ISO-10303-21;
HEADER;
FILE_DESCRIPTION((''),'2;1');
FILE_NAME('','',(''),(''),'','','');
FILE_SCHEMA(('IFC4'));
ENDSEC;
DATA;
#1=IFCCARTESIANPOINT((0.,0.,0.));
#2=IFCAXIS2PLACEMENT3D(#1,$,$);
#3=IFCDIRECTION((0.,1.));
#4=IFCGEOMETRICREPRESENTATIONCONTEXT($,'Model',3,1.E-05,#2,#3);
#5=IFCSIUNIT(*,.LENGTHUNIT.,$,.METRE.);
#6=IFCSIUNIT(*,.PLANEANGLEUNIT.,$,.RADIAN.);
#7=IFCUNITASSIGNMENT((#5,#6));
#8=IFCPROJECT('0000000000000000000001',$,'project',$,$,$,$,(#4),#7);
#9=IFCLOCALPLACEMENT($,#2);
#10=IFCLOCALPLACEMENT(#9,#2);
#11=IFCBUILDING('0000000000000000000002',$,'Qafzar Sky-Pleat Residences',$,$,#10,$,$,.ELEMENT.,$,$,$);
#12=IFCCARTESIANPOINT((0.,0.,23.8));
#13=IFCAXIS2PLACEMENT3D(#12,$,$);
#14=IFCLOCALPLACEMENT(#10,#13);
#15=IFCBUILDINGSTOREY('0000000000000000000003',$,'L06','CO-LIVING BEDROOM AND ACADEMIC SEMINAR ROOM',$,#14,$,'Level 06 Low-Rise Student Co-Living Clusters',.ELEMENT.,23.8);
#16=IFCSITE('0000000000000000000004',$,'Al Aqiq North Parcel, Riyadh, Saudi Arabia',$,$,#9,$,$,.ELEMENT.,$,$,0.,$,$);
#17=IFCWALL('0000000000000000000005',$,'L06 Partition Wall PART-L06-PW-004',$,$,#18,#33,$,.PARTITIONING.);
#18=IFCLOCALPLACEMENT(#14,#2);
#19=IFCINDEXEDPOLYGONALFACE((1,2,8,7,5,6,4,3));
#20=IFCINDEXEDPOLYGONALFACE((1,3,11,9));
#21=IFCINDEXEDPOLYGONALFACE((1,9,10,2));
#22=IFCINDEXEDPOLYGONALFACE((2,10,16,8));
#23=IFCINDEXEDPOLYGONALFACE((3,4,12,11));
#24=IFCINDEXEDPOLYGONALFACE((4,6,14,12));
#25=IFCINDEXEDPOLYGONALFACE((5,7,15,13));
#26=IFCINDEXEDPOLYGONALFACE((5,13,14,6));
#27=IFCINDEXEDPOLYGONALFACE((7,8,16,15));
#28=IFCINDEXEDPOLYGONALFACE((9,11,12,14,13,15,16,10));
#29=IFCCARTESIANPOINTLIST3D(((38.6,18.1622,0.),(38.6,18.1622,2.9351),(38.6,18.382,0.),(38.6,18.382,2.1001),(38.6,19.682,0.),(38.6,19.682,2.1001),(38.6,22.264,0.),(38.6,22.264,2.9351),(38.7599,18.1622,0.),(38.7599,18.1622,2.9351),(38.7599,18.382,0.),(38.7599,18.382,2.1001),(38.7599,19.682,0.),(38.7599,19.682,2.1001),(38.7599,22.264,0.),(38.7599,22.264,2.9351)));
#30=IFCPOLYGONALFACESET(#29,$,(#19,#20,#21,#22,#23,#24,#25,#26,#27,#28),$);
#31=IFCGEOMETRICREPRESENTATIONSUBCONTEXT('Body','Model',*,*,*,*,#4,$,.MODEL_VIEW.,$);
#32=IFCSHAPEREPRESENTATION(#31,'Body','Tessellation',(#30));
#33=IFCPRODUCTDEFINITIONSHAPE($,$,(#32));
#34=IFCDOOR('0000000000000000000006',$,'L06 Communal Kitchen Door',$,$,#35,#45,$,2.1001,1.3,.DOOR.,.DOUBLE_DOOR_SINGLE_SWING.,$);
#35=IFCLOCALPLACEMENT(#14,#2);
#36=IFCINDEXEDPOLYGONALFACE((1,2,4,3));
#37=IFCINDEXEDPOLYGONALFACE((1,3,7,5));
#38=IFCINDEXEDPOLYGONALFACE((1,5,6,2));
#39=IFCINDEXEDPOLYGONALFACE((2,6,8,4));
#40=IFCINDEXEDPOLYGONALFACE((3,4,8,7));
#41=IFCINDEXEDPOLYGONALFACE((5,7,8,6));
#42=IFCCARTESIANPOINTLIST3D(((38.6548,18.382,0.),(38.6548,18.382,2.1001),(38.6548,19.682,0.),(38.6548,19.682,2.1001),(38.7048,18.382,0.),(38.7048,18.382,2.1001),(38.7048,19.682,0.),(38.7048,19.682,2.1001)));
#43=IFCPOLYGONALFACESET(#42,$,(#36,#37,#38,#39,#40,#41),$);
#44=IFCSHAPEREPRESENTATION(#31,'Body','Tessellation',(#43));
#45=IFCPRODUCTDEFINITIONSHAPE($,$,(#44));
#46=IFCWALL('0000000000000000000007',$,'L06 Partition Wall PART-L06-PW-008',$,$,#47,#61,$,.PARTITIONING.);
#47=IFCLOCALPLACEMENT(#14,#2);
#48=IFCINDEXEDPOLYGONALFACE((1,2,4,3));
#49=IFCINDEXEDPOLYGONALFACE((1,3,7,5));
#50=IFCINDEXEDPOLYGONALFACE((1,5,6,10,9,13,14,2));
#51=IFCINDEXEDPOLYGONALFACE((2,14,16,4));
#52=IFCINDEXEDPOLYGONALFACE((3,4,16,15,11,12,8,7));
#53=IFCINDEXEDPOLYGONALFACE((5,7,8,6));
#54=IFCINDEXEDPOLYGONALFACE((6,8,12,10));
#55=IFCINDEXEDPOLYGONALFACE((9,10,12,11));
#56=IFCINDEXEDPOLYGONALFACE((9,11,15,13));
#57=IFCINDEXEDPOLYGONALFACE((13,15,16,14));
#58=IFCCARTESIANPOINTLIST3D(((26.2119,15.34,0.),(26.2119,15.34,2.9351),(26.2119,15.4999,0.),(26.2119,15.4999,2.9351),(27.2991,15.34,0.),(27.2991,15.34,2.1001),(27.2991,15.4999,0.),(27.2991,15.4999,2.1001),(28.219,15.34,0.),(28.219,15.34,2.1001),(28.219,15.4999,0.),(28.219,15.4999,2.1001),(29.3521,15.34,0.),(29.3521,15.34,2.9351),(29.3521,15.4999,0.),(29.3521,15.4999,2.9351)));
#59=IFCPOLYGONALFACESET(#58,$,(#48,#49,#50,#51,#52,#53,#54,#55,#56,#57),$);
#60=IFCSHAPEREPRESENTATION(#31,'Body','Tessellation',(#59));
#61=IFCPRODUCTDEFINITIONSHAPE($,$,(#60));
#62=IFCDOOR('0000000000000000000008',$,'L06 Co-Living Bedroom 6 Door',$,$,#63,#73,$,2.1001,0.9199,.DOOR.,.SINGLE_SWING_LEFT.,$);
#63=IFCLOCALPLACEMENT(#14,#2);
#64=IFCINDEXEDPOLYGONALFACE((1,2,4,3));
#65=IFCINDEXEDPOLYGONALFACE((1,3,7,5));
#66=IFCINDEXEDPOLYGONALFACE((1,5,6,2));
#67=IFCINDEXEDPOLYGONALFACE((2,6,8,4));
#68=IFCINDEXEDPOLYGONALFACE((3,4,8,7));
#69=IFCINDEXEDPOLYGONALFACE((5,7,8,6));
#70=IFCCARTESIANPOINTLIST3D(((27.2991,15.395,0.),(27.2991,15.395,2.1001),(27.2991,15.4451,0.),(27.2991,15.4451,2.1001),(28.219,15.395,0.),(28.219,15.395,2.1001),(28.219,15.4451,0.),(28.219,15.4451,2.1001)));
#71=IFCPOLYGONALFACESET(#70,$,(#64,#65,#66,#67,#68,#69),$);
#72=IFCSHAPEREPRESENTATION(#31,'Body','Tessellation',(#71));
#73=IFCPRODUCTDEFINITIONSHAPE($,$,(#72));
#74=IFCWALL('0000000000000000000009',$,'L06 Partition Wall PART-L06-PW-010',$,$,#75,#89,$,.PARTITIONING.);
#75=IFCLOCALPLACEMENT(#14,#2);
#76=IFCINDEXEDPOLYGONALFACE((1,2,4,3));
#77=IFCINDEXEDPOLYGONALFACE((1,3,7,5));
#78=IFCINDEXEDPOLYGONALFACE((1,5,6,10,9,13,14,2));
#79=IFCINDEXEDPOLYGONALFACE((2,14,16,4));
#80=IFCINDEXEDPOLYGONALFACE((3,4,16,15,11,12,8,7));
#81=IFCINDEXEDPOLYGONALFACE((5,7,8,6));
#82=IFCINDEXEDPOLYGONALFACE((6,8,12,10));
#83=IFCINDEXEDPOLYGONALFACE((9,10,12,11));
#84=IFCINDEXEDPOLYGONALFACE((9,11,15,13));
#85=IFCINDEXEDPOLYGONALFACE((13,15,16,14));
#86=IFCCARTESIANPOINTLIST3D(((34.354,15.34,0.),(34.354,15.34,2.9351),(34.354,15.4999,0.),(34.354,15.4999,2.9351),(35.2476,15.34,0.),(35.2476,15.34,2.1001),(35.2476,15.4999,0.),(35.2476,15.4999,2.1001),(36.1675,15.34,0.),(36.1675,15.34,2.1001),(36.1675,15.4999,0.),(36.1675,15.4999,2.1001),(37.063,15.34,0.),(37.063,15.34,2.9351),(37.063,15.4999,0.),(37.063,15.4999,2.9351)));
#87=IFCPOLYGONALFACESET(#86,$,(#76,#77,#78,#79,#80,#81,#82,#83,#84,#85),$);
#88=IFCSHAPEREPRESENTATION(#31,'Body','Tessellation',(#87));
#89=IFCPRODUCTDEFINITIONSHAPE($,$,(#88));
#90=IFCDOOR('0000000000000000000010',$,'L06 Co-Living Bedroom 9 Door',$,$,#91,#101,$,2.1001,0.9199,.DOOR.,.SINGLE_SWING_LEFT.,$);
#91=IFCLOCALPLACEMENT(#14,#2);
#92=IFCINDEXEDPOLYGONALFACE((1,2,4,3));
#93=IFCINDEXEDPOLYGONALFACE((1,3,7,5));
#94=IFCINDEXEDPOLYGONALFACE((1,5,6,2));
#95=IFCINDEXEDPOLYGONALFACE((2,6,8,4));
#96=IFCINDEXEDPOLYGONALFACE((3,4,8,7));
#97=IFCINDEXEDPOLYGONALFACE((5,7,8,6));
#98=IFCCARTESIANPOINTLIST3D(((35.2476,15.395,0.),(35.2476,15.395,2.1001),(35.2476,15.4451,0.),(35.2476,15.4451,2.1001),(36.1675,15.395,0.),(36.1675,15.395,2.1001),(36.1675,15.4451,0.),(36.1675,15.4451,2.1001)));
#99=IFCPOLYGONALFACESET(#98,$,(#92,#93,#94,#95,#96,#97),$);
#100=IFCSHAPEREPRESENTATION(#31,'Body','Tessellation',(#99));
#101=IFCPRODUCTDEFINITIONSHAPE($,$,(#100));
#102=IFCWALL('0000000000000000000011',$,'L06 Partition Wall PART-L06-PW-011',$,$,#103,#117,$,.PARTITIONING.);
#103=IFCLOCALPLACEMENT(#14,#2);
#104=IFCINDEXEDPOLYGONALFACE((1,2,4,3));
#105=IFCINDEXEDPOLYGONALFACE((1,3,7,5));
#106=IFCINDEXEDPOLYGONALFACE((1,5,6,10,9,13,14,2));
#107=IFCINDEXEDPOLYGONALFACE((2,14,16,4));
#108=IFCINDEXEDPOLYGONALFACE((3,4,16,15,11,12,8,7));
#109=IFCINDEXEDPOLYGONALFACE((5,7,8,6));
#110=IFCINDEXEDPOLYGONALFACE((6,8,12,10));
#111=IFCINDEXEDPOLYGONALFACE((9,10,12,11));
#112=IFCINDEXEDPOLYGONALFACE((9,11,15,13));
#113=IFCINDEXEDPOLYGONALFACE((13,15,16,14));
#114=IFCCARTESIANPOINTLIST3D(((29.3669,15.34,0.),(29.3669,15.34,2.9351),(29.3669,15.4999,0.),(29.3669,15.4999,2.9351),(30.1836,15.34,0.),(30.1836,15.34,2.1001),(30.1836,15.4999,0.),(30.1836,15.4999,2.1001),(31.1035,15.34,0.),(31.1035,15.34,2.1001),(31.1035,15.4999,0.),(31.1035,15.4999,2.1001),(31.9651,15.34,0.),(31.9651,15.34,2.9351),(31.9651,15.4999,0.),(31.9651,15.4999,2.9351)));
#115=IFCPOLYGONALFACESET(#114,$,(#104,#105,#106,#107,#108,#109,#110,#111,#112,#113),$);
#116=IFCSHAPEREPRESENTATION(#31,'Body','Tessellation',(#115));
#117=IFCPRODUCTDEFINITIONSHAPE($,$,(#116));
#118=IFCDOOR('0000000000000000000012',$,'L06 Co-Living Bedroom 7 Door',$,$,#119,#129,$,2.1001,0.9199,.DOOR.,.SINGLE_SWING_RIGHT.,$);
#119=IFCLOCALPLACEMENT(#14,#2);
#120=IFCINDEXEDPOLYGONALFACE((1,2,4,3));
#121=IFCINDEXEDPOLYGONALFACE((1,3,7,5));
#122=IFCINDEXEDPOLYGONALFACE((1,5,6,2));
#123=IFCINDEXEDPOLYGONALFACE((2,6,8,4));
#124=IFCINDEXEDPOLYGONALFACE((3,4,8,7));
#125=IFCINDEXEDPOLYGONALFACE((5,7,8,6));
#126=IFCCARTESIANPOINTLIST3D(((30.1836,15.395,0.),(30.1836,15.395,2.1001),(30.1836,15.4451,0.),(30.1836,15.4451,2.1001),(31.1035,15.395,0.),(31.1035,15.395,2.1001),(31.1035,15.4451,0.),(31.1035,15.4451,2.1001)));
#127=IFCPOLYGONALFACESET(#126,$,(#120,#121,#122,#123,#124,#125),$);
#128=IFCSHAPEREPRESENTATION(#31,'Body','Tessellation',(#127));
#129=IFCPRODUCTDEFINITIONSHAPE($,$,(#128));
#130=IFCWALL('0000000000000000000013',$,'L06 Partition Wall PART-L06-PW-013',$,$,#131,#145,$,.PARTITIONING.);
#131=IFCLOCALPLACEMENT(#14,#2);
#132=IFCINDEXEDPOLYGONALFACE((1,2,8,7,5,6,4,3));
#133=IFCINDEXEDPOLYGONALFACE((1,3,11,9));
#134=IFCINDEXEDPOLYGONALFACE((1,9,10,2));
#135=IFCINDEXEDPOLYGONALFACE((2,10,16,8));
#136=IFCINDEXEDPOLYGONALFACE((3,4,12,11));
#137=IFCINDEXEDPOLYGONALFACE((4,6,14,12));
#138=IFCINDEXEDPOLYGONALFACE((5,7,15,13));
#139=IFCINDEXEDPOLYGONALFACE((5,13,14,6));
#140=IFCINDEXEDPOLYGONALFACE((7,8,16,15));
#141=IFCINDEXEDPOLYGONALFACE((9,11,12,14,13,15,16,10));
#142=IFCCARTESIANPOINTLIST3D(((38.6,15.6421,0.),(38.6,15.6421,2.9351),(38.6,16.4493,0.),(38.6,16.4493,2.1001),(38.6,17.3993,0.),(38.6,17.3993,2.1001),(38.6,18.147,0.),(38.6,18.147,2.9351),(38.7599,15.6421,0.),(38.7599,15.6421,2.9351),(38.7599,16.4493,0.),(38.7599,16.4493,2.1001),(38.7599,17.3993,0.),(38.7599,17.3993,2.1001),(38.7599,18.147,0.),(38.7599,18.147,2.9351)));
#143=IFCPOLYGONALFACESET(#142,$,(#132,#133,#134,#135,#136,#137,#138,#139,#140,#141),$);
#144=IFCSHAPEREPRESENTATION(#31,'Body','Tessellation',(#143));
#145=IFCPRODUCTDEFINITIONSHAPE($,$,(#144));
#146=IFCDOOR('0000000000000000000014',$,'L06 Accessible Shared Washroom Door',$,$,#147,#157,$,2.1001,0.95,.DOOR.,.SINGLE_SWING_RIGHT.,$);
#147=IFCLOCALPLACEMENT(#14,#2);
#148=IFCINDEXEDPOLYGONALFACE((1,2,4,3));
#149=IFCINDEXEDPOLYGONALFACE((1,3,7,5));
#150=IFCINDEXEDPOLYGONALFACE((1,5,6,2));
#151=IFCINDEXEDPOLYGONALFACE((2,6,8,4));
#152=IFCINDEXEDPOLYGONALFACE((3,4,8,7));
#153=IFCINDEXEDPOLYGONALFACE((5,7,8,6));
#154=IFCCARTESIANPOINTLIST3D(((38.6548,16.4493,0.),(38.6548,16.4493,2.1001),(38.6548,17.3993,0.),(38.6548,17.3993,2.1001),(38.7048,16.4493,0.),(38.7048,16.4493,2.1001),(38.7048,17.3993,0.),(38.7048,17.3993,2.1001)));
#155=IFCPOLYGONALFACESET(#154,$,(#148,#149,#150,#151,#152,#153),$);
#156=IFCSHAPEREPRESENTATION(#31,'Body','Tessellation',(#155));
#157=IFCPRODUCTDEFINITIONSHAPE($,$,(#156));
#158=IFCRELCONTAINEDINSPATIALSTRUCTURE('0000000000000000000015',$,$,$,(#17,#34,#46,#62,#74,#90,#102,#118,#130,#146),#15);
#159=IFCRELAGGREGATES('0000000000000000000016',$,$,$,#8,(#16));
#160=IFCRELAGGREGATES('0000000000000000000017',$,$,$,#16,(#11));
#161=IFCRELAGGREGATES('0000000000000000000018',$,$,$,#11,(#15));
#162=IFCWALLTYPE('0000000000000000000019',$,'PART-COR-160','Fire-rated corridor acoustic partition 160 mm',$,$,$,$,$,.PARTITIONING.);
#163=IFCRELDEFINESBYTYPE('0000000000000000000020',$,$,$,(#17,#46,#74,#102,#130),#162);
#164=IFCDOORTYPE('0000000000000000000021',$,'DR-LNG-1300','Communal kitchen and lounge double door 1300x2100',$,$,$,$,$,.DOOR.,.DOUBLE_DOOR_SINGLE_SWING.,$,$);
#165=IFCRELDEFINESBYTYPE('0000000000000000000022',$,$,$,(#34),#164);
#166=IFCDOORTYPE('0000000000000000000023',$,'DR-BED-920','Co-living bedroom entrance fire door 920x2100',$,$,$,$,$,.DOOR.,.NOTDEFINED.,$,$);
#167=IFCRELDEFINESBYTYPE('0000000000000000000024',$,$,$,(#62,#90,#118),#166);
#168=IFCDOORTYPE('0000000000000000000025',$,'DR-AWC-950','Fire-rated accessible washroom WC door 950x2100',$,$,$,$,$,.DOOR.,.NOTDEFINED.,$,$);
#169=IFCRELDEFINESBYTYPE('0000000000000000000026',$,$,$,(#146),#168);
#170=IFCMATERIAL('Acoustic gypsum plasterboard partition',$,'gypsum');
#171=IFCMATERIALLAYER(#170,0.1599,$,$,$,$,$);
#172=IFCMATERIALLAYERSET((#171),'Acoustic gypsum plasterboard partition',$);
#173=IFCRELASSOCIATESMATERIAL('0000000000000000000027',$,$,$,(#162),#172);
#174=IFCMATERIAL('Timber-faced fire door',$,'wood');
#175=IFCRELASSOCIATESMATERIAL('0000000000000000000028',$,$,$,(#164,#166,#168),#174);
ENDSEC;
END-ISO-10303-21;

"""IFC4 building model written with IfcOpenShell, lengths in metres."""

from ifc_helpers import new_model, si_unit, direction, frame, frame_2d, origin, place, context, subcontext, project, spatial, rectangle, extrude, source, transform, mapped, material, layer, layer_set, type_object, element, fill, save


model = new_model("IFC4")

# Units and contexts
model_context = context("Model", 3, precision=1e-05, world=origin(), true_north=direction((0.0, 1.0)))
body_context = subcontext(model_context, "Body", "Model", "MODEL_VIEW")
ifc_project = project(units=[si_unit("LENGTHUNIT", "METRE"), si_unit("PLANEANGLEUNIT", "RADIAN")], contexts=[model_context])

# Site, building, storey
site_placement = place(None, origin())
site = spatial("IfcSite", under=ifc_project, at=site_placement, Name="Al Aqiq North Parcel, Riyadh, Saudi Arabia", CompositionType="ELEMENT", RefElevation=0.0)
building_placement = place(site_placement, origin())
building = spatial("IfcBuilding", under=site, at=building_placement, Name="Qafzar Sky-Pleat Residences", CompositionType="ELEMENT")
storey_placement = place(building_placement, frame((0.0, 0.0, 23.8)))
storey = spatial("IfcBuildingStorey", under=building, at=storey_placement, Name="L06", Description="CO-LIVING BEDROOM AND ACADEMIC SEMINAR ROOM", LongName="Level 06 Low-Rise Student Co-Living Clusters", CompositionType="ELEMENT", Elevation=23.8)

# Walls, openings, doors
ifc_material_1 = material(Name="Acoustic gypsum plasterboard partition", Category="gypsum")
ifc_layer_1 = layer(ifc_material_1, 0.1599)
ifc_layer_set_1 = layer_set([ifc_layer_1], Name="Acoustic gypsum plasterboard partition")
wall_type_1 = type_object("IfcWallType", Name="PART-COR-160", Description="Fire-rated corridor acoustic partition 160 mm", PredefinedType="PARTITIONING", material=ifc_layer_set_1)
wall_1_placement = place(storey_placement, frame((38.6799, 22.2639, 0.0), z_axis=(0.0, 0.0, 1.0), x_axis=(0.0, -1.0, 0.0)))
wall_1 = element("IfcWall", 1, at=wall_1_placement, inside=storey, type_object=wall_type_1, Name="L06 Partition Wall PART-L06-PW-004", PredefinedType="PARTITIONING", context=body_context, shape_type="SweptSolid", body=[
    extrude(rectangle(XDim=4.1018, YDim=0.1599, at=frame_2d((2.0508, 0.0))), origin(), (0.0, 0.0, 1.0), 2.9351),
])
opening_1_placement = place(wall_1_placement, frame((2.582, 0.0, 0.0)))
opening_1 = element("IfcOpeningElement", 2, at=opening_1_placement, cuts=wall_1, PredefinedType="OPENING", context=body_context, shape_type="SweptSolid", body=[
    extrude(rectangle(XDim=1.3, YDim=2.1001, at=frame_2d((0.6499, 1.05))), frame((0.0, 0.0898, 0.0), z_axis=(0.0, -1.0, 0.0), x_axis=(1.0, 0.0, 0.0)), (0.0, 0.0, 1.0), 0.1799),
])
ifc_material_2 = material(Name="Timber-faced fire door", Category="wood")
door_type_1 = type_object("IfcDoorType", Name="DR-LNG-1300", Description="Communal kitchen and lounge double door 1300x2100", OperationType="DOUBLE_DOOR_SINGLE_SWING", PredefinedType="DOOR", material=ifc_material_2)
shared_shape_1 = source(origin(), body_context, "Body", "SweptSolid", [
    extrude(rectangle(XDim=1.3, YDim=2.1001, at=frame_2d((0.6499, 1.05))), frame((0.0, 0.0249, 0.0), z_axis=(0.0, -1.0, 0.0), x_axis=(1.0, 0.0, 0.0)), (0.0, 0.0, 1.0), 0.05),
])
door_1_placement = place(opening_1_placement, origin())
door_1 = element("IfcDoor", 3, at=door_1_placement, inside=storey, type_object=door_type_1, Name="L06 Communal Kitchen Door", OperationType="DOUBLE_DOOR_SINGLE_SWING", OverallHeight=2.1001, OverallWidth=1.3, PredefinedType="DOOR", context=body_context, shape_type="MappedRepresentation", body=[
    mapped(shared_shape_1, transform((0.0, 0.0, 0.0), x_axis=(1.0, 0.0, 0.0), y_axis=(0.0, 1.0, 0.0), z_axis=(0.0, 0.0, 1.0), scale=1.0)),
])
fill(opening_1, door_1)
wall_2_placement = place(storey_placement, frame((29.3521, 15.4199, 0.0), z_axis=(0.0, 0.0, 1.0), x_axis=(-1.0, 0.0, 0.0)))
wall_2 = element("IfcWall", 4, at=wall_2_placement, inside=storey, type_object=wall_type_1, Name="L06 Partition Wall PART-L06-PW-008", PredefinedType="PARTITIONING", context=body_context, shape_type="SweptSolid", body=[
    extrude(rectangle(XDim=3.1401, YDim=0.1599, at=frame_2d((1.5701, 0.0))), origin(), (0.0, 0.0, 1.0), 2.9351),
])
opening_2_placement = place(wall_2_placement, frame((1.1331, 0.0, 0.0)))
opening_2 = element("IfcOpeningElement", 5, at=opening_2_placement, cuts=wall_2, PredefinedType="OPENING", context=body_context, shape_type="SweptSolid", body=[
    extrude(rectangle(XDim=0.9199, YDim=2.1001, at=frame_2d((0.46, 1.05))), frame((0.0, 0.0898, 0.0), z_axis=(0.0, -1.0, 0.0), x_axis=(1.0, 0.0, 0.0)), (0.0, 0.0, 1.0), 0.1799),
])
door_type_2 = type_object("IfcDoorType", Name="DR-BED-920", Description="Co-living bedroom entrance fire door 920x2100", OperationType="NOTDEFINED", PredefinedType="DOOR", material=ifc_material_2)
shared_shape_2 = source(origin(), body_context, "Body", "SweptSolid", [
    extrude(rectangle(XDim=0.9199, YDim=2.1001, at=frame_2d((0.46, 1.05))), frame((0.0, 0.0249, 0.0), z_axis=(0.0, -1.0, 0.0), x_axis=(1.0, 0.0, 0.0)), (0.0, 0.0, 1.0), 0.05),
])
door_2_placement = place(opening_2_placement, origin())
door_2 = element("IfcDoor", 6, at=door_2_placement, inside=storey, type_object=door_type_2, Name="L06 Co-Living Bedroom 6 Door", OperationType="SINGLE_SWING_LEFT", OverallHeight=2.1001, OverallWidth=0.9199, PredefinedType="DOOR", context=body_context, shape_type="MappedRepresentation", body=[
    mapped(shared_shape_2, transform((0.0, 0.0, 0.0), x_axis=(1.0, 0.0, 0.0), y_axis=(0.0, 1.0, 0.0), z_axis=(0.0, 0.0, 1.0), scale=1.0)),
])
fill(opening_2, door_2)
wall_3_placement = place(storey_placement, frame((37.063, 15.4199, 0.0), z_axis=(0.0, 0.0, 1.0), x_axis=(-1.0, 0.0, 0.0)))
wall_3 = element("IfcWall", 7, at=wall_3_placement, inside=storey, type_object=wall_type_1, Name="L06 Partition Wall PART-L06-PW-010", PredefinedType="PARTITIONING", context=body_context, shape_type="SweptSolid", body=[
    extrude(rectangle(XDim=2.709, YDim=0.1599, at=frame_2d((1.3545, 0.0))), origin(), (0.0, 0.0, 1.0), 2.9351),
])
opening_3_placement = place(wall_3_placement, frame((0.8955, 0.0, 0.0)))
opening_3 = element("IfcOpeningElement", 8, at=opening_3_placement, cuts=wall_3, PredefinedType="OPENING", context=body_context, shape_type="SweptSolid", body=[
    extrude(rectangle(XDim=0.9199, YDim=2.1001, at=frame_2d((0.46, 1.05))), frame((0.0, 0.0898, 0.0), z_axis=(0.0, -1.0, 0.0), x_axis=(1.0, 0.0, 0.0)), (0.0, 0.0, 1.0), 0.1799),
])
door_3_placement = place(opening_3_placement, origin())
door_3 = element("IfcDoor", 9, at=door_3_placement, inside=storey, type_object=door_type_2, Name="L06 Co-Living Bedroom 9 Door", OperationType="SINGLE_SWING_LEFT", OverallHeight=2.1001, OverallWidth=0.9199, PredefinedType="DOOR", context=body_context, shape_type="MappedRepresentation", body=[
    mapped(shared_shape_2, transform((0.0, 0.0, 0.0), x_axis=(1.0, 0.0, 0.0), y_axis=(0.0, 1.0, 0.0), z_axis=(0.0, 0.0, 1.0), scale=1.0)),
])
fill(opening_3, door_3)
wall_4_placement = place(storey_placement, frame((31.9651, 15.4199, 0.0), z_axis=(0.0, 0.0, 1.0), x_axis=(-1.0, 0.0, 0.0)))
wall_4 = element("IfcWall", 10, at=wall_4_placement, inside=storey, type_object=wall_type_1, Name="L06 Partition Wall PART-L06-PW-011", PredefinedType="PARTITIONING", context=body_context, shape_type="SweptSolid", body=[
    extrude(rectangle(XDim=2.5981, YDim=0.1599, at=frame_2d((1.2991, 0.0))), origin(), (0.0, 0.0, 1.0), 2.9351),
])
opening_4_placement = place(wall_4_placement, frame((0.8616, 0.0, 0.0)))
opening_4 = element("IfcOpeningElement", 11, at=opening_4_placement, cuts=wall_4, PredefinedType="OPENING", context=body_context, shape_type="SweptSolid", body=[
    extrude(rectangle(XDim=0.9199, YDim=2.1001, at=frame_2d((0.46, 1.05))), frame((0.0, 0.0898, 0.0), z_axis=(0.0, -1.0, 0.0), x_axis=(1.0, 0.0, 0.0)), (0.0, 0.0, 1.0), 0.1799),
])
door_4_placement = place(opening_4_placement, origin())
door_4 = element("IfcDoor", 12, at=door_4_placement, inside=storey, type_object=door_type_2, Name="L06 Co-Living Bedroom 7 Door", OperationType="SINGLE_SWING_RIGHT", OverallHeight=2.1001, OverallWidth=0.9199, PredefinedType="DOOR", context=body_context, shape_type="MappedRepresentation", body=[
    mapped(shared_shape_2, transform((0.0, 0.0, 0.0), x_axis=(1.0, 0.0, 0.0), y_axis=(0.0, 1.0, 0.0), z_axis=(0.0, 0.0, 1.0), scale=1.0)),
])
fill(opening_4, door_4)
wall_5_placement = place(storey_placement, frame((38.6799, 18.147, 0.0), z_axis=(0.0, 0.0, 1.0), x_axis=(0.0, -1.0, 0.0)))
wall_5 = element("IfcWall", 13, at=wall_5_placement, inside=storey, type_object=wall_type_1, Name="L06 Partition Wall PART-L06-PW-013", PredefinedType="PARTITIONING", context=body_context, shape_type="SweptSolid", body=[
    extrude(rectangle(XDim=2.5049, YDim=0.1599, at=frame_2d((1.2524, 0.0))), origin(), (0.0, 0.0, 1.0), 2.9351),
])
opening_5_placement = place(wall_5_placement, frame((0.7476, 0.0, 0.0)))
opening_5 = element("IfcOpeningElement", 14, at=opening_5_placement, cuts=wall_5, PredefinedType="OPENING", context=body_context, shape_type="SweptSolid", body=[
    extrude(rectangle(XDim=0.95, YDim=2.1001, at=frame_2d((0.4751, 1.05))), frame((0.0, 0.0898, 0.0), z_axis=(0.0, -1.0, 0.0), x_axis=(1.0, 0.0, 0.0)), (0.0, 0.0, 1.0), 0.1799),
])
door_type_3 = type_object("IfcDoorType", Name="DR-AWC-950", Description="Fire-rated accessible washroom WC door 950x2100", OperationType="NOTDEFINED", PredefinedType="DOOR", material=ifc_material_2)
shared_shape_3 = source(origin(), body_context, "Body", "SweptSolid", [
    extrude(rectangle(XDim=0.95, YDim=2.1001, at=frame_2d((0.4751, 1.05))), frame((0.0, 0.0249, 0.0), z_axis=(0.0, -1.0, 0.0), x_axis=(1.0, 0.0, 0.0)), (0.0, 0.0, 1.0), 0.05),
])
door_5_placement = place(opening_5_placement, origin())
door_5 = element("IfcDoor", 15, at=door_5_placement, inside=storey, type_object=door_type_3, Name="L06 Accessible Shared Washroom Door", OperationType="SINGLE_SWING_RIGHT", OverallHeight=2.1001, OverallWidth=0.95, PredefinedType="DOOR", context=body_context, shape_type="MappedRepresentation", body=[
    mapped(shared_shape_3, transform((0.0, 0.0, 0.0), x_axis=(1.0, 0.0, 0.0), y_axis=(0.0, 1.0, 0.0), z_axis=(0.0, 0.0, 1.0), scale=1.0)),
])
fill(opening_5, door_5)

save(model, "model.ifc")
